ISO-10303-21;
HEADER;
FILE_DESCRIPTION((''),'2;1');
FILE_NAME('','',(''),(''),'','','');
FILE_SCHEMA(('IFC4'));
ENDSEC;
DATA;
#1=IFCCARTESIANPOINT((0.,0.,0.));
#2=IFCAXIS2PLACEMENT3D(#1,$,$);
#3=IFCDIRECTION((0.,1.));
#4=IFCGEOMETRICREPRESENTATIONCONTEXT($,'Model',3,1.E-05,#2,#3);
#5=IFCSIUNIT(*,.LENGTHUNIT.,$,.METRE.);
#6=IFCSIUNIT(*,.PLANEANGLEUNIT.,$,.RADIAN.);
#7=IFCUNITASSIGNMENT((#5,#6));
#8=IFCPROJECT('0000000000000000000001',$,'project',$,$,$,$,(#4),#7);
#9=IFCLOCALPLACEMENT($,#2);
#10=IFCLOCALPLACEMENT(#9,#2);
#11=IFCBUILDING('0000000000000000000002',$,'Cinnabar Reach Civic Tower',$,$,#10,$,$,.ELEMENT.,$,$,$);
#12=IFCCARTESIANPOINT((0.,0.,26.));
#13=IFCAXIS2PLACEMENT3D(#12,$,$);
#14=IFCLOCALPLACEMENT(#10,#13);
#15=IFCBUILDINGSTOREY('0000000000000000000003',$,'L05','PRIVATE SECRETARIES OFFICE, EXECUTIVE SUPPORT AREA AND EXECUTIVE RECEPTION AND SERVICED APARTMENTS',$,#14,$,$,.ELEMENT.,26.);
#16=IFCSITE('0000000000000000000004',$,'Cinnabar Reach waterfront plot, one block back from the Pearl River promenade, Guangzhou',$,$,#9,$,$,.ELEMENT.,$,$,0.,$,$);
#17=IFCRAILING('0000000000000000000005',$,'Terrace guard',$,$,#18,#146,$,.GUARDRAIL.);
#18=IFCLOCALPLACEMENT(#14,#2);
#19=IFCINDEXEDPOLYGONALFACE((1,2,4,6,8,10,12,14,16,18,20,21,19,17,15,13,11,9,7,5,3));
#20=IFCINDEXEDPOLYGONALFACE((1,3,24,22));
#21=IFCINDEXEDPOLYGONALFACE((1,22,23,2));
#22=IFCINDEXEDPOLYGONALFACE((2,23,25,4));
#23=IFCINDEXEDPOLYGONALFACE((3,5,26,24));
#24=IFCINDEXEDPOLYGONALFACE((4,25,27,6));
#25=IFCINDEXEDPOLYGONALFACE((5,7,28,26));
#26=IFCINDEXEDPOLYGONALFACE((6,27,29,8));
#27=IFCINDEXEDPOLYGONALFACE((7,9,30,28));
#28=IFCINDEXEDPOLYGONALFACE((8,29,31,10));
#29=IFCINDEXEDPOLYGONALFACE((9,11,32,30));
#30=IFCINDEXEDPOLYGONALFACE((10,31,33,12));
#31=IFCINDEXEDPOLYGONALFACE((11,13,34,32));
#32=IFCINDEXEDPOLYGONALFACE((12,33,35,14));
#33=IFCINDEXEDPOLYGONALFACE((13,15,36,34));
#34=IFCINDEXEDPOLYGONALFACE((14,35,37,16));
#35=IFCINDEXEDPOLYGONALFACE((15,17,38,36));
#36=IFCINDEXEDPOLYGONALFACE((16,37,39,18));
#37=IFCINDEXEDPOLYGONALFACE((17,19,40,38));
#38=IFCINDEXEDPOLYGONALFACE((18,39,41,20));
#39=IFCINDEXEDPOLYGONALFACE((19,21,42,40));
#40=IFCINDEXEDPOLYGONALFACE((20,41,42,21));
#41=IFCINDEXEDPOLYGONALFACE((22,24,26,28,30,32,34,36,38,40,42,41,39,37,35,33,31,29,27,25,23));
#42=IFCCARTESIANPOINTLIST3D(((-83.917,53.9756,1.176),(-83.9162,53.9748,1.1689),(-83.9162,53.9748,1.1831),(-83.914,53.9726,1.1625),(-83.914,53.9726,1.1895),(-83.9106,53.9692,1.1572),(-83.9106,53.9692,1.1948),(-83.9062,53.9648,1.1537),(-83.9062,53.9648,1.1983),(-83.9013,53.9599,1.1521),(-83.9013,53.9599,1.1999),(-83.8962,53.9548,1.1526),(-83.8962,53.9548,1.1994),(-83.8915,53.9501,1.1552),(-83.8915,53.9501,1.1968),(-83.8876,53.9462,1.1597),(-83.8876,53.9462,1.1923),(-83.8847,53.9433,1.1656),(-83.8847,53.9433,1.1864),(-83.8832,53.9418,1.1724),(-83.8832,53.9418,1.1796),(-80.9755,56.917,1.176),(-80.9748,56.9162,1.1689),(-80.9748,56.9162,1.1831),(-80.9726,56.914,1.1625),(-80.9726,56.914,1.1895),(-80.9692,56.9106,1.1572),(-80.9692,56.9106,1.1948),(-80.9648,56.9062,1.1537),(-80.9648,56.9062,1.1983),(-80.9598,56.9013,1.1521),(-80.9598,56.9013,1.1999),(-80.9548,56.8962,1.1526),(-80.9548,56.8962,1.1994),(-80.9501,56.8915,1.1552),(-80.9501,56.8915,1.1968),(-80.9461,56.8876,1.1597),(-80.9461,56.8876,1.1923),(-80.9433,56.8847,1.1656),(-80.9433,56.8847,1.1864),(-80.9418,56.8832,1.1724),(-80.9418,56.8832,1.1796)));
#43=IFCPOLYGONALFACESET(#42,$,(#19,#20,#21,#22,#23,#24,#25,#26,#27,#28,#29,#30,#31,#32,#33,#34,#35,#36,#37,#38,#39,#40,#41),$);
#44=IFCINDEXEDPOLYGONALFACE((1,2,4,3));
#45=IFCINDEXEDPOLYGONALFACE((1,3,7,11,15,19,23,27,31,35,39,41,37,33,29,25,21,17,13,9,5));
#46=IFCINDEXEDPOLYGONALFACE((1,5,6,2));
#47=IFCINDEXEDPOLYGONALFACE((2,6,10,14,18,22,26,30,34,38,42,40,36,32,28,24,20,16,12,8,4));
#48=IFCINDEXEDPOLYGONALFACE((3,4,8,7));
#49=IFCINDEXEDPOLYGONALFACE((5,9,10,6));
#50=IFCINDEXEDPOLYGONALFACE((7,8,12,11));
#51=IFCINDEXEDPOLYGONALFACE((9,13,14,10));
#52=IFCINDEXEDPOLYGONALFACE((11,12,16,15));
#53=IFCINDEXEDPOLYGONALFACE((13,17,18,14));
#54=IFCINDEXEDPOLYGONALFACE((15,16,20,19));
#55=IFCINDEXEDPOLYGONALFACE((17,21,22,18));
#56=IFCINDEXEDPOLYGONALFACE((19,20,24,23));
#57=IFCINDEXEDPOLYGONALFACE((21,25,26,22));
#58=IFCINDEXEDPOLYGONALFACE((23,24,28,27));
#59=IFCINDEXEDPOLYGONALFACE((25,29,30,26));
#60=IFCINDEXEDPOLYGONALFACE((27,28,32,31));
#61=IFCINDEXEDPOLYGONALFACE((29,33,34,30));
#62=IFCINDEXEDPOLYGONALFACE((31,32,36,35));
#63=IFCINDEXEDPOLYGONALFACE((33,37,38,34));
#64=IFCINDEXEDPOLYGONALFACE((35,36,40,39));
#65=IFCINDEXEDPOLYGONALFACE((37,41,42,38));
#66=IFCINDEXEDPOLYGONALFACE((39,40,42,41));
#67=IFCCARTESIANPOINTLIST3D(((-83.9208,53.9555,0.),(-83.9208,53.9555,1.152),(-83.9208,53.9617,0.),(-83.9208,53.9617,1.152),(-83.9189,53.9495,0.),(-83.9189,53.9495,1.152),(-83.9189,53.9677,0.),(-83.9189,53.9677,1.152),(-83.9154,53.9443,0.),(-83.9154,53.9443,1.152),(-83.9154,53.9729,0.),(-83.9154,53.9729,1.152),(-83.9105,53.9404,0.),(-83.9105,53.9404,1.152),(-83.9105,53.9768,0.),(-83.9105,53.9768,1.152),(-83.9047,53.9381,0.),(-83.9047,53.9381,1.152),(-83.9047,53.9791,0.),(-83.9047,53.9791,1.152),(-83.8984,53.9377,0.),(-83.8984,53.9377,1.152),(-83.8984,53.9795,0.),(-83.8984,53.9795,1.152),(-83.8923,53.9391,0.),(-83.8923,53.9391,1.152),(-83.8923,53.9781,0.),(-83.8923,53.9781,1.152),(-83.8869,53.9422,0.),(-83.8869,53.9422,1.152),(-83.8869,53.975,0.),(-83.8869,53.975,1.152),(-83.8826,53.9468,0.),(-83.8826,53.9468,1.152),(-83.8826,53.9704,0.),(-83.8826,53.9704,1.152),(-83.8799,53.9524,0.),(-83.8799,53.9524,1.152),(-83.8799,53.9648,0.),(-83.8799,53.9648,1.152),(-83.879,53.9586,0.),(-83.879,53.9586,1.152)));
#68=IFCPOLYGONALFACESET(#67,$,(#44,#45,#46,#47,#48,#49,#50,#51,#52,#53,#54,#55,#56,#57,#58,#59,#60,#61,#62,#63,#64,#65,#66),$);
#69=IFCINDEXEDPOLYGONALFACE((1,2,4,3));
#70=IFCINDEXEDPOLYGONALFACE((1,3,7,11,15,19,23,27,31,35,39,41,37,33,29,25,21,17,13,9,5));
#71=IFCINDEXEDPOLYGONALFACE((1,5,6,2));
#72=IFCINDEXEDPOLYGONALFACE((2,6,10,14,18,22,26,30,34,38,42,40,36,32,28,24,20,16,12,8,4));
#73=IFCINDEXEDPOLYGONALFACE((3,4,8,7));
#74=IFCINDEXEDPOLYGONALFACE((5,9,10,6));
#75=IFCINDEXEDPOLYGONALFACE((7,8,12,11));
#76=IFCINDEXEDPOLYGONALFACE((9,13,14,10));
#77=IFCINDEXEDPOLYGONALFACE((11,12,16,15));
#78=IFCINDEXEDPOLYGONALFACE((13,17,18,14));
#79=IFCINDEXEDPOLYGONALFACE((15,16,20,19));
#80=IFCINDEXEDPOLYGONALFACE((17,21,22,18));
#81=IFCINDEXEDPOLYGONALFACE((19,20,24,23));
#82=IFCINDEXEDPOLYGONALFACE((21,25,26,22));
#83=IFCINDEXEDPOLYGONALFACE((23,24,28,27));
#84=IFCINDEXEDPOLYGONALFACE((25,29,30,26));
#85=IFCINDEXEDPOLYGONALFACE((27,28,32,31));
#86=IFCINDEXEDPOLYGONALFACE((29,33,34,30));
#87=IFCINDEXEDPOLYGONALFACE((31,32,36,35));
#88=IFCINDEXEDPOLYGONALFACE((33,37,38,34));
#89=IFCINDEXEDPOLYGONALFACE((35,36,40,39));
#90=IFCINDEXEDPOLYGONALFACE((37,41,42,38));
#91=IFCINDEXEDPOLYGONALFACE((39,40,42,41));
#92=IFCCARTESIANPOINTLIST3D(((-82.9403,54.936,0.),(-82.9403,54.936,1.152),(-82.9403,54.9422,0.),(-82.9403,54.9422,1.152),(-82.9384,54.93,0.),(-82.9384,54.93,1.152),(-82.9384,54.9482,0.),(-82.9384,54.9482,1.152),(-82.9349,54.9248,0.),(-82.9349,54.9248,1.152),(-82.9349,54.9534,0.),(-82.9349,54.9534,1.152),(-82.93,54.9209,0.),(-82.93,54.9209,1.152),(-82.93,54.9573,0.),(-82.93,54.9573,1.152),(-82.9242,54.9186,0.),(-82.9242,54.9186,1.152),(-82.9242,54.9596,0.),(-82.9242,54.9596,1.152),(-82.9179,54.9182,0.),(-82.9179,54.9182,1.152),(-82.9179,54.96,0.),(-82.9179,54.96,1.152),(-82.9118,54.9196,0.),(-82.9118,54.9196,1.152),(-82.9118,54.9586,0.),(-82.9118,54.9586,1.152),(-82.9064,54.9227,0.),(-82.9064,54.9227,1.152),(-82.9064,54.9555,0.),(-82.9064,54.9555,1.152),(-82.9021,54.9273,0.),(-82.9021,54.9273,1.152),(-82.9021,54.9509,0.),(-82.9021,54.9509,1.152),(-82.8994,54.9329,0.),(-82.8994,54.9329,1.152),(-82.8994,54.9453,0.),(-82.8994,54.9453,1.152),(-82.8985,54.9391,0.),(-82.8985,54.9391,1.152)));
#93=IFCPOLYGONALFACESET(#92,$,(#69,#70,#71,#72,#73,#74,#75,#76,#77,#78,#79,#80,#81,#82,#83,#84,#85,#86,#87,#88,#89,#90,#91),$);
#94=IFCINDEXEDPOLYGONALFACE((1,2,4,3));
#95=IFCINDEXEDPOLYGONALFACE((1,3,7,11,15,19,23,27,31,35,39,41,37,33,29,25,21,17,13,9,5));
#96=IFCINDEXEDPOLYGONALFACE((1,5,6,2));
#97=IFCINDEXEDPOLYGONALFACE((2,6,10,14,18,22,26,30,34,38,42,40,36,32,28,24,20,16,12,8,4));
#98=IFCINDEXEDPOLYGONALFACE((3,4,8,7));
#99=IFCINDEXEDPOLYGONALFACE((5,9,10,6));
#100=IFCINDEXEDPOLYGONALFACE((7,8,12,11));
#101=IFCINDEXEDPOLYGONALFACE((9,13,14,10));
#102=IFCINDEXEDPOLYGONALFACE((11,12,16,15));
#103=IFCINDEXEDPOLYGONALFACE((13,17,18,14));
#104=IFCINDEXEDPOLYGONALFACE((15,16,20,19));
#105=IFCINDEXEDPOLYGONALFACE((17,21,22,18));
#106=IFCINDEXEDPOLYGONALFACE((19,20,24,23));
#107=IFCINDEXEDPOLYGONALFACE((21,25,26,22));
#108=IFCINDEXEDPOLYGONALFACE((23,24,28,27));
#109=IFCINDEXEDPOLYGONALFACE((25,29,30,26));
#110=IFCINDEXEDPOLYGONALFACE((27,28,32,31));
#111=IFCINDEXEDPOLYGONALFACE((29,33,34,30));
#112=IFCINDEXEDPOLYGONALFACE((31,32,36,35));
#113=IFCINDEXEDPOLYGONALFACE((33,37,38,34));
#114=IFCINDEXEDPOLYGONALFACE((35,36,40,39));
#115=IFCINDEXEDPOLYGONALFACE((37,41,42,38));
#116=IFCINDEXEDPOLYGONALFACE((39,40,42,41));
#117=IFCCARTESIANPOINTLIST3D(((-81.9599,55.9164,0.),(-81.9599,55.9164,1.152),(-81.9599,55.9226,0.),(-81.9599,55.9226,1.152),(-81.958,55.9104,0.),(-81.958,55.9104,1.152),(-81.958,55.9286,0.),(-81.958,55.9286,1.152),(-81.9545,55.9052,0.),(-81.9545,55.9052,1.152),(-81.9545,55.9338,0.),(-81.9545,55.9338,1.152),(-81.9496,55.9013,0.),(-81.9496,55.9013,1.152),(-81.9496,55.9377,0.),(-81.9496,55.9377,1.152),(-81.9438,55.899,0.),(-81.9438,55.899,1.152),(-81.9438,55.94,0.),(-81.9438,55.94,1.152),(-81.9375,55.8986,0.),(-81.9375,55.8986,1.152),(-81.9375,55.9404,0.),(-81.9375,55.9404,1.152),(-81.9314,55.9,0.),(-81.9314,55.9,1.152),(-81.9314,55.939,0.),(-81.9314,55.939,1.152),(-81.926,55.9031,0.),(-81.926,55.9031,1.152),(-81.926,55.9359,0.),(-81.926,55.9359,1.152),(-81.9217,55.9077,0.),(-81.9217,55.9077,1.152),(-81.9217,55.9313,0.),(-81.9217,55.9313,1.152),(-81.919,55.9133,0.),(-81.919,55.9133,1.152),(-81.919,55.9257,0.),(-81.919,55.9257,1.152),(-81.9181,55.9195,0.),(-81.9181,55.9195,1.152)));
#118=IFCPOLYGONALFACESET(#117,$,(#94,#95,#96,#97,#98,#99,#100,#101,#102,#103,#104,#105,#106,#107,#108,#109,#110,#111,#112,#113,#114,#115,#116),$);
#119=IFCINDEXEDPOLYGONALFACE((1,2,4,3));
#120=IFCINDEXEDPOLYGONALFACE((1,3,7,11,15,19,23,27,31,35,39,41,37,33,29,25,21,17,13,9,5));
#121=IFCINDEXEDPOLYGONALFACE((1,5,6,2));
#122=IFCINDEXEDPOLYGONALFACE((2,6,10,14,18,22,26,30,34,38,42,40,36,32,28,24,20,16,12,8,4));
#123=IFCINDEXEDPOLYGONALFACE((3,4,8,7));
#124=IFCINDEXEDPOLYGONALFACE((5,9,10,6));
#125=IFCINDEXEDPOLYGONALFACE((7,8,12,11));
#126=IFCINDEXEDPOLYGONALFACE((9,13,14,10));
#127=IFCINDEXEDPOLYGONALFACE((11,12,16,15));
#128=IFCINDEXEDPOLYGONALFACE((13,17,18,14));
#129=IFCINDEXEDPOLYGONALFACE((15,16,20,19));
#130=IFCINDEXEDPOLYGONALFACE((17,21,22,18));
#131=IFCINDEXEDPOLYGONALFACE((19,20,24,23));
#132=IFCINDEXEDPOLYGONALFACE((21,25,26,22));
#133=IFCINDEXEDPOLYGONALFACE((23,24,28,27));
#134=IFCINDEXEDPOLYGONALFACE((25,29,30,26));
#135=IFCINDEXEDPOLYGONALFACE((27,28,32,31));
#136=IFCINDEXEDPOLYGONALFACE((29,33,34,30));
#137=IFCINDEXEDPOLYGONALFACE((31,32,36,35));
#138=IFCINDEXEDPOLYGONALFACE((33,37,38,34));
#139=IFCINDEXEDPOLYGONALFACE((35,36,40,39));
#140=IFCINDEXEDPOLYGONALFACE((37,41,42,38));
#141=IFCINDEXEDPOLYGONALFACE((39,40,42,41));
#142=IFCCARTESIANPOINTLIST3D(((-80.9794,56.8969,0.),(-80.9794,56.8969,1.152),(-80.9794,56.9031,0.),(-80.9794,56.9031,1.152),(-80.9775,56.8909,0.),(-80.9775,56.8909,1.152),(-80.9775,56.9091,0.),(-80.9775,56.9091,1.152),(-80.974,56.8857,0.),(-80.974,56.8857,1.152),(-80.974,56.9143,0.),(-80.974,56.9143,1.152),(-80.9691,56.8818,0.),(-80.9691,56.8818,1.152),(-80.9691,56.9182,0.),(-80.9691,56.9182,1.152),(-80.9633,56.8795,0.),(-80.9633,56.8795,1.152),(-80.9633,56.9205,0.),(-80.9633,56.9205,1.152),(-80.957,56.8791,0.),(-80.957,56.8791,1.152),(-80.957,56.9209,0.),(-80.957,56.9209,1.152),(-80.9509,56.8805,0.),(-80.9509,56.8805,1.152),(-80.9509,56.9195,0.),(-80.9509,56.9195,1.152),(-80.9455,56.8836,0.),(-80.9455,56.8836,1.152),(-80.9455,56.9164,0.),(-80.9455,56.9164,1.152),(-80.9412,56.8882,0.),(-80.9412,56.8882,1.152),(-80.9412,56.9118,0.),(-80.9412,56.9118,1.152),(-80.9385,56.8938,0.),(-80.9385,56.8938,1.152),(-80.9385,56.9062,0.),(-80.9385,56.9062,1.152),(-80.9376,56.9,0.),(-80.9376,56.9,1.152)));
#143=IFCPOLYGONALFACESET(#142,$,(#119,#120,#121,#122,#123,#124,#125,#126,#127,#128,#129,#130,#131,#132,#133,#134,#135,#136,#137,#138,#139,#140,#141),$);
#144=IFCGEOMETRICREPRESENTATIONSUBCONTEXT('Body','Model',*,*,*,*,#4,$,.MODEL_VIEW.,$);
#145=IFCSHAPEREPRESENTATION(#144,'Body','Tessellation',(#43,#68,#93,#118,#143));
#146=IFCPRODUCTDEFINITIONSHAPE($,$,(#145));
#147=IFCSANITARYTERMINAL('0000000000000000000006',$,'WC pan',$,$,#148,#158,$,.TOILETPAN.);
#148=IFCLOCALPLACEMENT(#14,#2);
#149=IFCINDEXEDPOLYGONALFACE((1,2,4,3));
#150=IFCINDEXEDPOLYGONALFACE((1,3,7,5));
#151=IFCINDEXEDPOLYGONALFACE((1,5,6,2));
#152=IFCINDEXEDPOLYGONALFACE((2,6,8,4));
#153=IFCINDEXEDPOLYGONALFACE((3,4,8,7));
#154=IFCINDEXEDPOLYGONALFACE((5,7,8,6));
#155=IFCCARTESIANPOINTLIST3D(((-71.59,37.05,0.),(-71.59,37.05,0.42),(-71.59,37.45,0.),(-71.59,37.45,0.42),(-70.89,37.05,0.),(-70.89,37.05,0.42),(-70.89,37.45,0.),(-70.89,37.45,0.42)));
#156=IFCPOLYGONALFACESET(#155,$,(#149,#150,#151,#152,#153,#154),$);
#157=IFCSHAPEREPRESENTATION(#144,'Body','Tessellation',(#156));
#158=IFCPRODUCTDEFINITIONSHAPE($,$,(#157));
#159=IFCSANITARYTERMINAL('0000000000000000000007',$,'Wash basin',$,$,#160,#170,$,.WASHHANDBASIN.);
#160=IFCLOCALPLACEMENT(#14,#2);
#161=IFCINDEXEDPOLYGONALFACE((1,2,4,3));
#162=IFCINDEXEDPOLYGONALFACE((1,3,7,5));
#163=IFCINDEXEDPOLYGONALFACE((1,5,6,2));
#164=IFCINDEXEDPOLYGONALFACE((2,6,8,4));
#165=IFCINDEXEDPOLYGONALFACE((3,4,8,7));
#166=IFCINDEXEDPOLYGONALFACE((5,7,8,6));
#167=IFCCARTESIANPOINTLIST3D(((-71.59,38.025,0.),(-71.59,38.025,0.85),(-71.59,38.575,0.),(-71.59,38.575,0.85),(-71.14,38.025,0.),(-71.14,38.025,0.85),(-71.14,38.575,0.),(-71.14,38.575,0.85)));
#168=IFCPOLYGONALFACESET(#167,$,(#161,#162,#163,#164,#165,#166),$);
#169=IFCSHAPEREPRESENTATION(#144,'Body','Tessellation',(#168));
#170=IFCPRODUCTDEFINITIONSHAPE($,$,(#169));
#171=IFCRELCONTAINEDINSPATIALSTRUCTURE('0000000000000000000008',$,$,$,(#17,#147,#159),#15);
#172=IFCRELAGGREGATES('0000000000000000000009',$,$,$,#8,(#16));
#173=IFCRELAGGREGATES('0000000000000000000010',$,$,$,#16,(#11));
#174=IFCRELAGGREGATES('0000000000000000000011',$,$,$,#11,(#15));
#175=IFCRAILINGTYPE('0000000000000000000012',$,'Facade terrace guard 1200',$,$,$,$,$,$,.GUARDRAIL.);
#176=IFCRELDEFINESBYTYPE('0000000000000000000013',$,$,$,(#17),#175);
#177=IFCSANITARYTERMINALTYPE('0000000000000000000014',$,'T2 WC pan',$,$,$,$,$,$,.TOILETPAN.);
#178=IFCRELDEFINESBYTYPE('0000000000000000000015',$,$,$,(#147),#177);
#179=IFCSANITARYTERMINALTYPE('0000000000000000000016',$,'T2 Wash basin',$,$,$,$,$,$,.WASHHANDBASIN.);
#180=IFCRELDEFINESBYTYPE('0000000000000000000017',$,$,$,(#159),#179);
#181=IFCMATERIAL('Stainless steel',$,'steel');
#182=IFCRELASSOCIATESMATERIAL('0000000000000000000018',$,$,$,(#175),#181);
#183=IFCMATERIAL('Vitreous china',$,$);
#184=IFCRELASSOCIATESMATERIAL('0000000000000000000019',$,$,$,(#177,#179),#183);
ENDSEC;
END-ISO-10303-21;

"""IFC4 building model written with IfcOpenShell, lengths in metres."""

from ifc_helpers import new_model, si_unit, direction, frame, origin, origin_2d, place, context, subcontext, project, spatial, rectangle, circle, extrude, material, type_object, element, save


model = new_model("IFC4")

# Units and contexts
model_context = context("Model", 3, precision=1e-05, world=origin(), true_north=direction((0.0, 1.0)))
body_context = subcontext(model_context, "Body", "Model", "MODEL_VIEW")
ifc_project = project(units=[si_unit("LENGTHUNIT", "METRE"), si_unit("PLANEANGLEUNIT", "RADIAN")], contexts=[model_context])

# Site, building, storey
site_placement = place(None, origin())
site = spatial("IfcSite", under=ifc_project, at=site_placement, Name="Cinnabar Reach waterfront plot, one block back from the Pearl River promenade, Guangzhou", CompositionType="ELEMENT", RefElevation=0.0)
building_placement = place(site_placement, origin())
building = spatial("IfcBuilding", under=site, at=building_placement, Name="Cinnabar Reach Civic Tower", CompositionType="ELEMENT")
storey_placement = place(building_placement, frame((0.0, 0.0, 26.0)))
storey = spatial("IfcBuildingStorey", under=building, at=storey_placement, Name="L05", Description="PRIVATE SECRETARIES OFFICE, EXECUTIVE SUPPORT AREA AND EXECUTIVE RECEPTION AND SERVICED APARTMENTS", CompositionType="ELEMENT", Elevation=26.0)

# Railing
ifc_material_1 = material(Name="Stainless steel", Category="steel")
railing_type = type_object("IfcRailingType", Name="Facade terrace guard 1200", PredefinedType="GUARDRAIL", material=ifc_material_1)
railing_1_placement = place(storey_placement, frame((-83.9, 53.9586, 0.0)))
element("IfcRailing", 1, at=railing_1_placement, inside=storey, type_object=railing_type, Name="Terrace guard", PredefinedType="GUARDRAIL", context=body_context, shape_type="SweptSolid", body=[
    extrude(circle(Radius=0.024, at=origin_2d()), frame((0.0, 0.0, 1.176), z_axis=(0.707107, 0.707107, 0.0), x_axis=(-0.707107, 0.707107, 0.0)), (0.0, 0.0, 1.0), 4.1598),
    extrude(circle(Radius=0.021, at=origin_2d()), origin(), (0.0, 0.0, 1.0), 1.152),
    extrude(circle(Radius=0.021, at=origin_2d()), frame((0.9805, 0.9805, 0.0)), (0.0, 0.0, 1.0), 1.152),
    extrude(circle(Radius=0.021, at=origin_2d()), frame((1.9609, 1.9609, 0.0)), (0.0, 0.0, 1.0), 1.152),
    extrude(circle(Radius=0.021, at=origin_2d()), frame((2.9414, 2.9414, 0.0)), (0.0, 0.0, 1.0), 1.152),
])

# Sanitary terminals
ifc_material_2 = material(Name="Vitreous china")
sanitary_terminal_type_1 = type_object("IfcSanitaryTerminalType", Name="T2 WC pan", PredefinedType="TOILETPAN", material=ifc_material_2)
sanitary_terminal_1_placement = place(storey_placement, frame((-71.24, 37.25, 0.0), z_axis=(0.0, 0.0, 1.0), x_axis=(1.0, 0.0, 0.0)))
element("IfcSanitaryTerminal", 2, at=sanitary_terminal_1_placement, inside=storey, type_object=sanitary_terminal_type_1, Name="WC pan", PredefinedType="TOILETPAN", context=body_context, shape_type="SweptSolid", body=[
    extrude(rectangle(XDim=0.7, YDim=0.4, at=origin_2d()), origin(), (0.0, 0.0, 1.0), 0.42),
])
sanitary_terminal_type_2 = type_object("IfcSanitaryTerminalType", Name="T2 Wash basin", PredefinedType="WASHHANDBASIN", material=ifc_material_2)
sanitary_terminal_2_placement = place(storey_placement, frame((-71.365, 38.3, 0.0), z_axis=(0.0, 0.0, 1.0), x_axis=(1.0, 0.0, 0.0)))
element("IfcSanitaryTerminal", 3, at=sanitary_terminal_2_placement, inside=storey, type_object=sanitary_terminal_type_2, Name="Wash basin", PredefinedType="WASHHANDBASIN", context=body_context, shape_type="SweptSolid", body=[
    extrude(rectangle(XDim=0.45, YDim=0.55, at=origin_2d()), origin(), (0.0, 0.0, 1.0), 0.85),
])

save(model, "model.ifc")
